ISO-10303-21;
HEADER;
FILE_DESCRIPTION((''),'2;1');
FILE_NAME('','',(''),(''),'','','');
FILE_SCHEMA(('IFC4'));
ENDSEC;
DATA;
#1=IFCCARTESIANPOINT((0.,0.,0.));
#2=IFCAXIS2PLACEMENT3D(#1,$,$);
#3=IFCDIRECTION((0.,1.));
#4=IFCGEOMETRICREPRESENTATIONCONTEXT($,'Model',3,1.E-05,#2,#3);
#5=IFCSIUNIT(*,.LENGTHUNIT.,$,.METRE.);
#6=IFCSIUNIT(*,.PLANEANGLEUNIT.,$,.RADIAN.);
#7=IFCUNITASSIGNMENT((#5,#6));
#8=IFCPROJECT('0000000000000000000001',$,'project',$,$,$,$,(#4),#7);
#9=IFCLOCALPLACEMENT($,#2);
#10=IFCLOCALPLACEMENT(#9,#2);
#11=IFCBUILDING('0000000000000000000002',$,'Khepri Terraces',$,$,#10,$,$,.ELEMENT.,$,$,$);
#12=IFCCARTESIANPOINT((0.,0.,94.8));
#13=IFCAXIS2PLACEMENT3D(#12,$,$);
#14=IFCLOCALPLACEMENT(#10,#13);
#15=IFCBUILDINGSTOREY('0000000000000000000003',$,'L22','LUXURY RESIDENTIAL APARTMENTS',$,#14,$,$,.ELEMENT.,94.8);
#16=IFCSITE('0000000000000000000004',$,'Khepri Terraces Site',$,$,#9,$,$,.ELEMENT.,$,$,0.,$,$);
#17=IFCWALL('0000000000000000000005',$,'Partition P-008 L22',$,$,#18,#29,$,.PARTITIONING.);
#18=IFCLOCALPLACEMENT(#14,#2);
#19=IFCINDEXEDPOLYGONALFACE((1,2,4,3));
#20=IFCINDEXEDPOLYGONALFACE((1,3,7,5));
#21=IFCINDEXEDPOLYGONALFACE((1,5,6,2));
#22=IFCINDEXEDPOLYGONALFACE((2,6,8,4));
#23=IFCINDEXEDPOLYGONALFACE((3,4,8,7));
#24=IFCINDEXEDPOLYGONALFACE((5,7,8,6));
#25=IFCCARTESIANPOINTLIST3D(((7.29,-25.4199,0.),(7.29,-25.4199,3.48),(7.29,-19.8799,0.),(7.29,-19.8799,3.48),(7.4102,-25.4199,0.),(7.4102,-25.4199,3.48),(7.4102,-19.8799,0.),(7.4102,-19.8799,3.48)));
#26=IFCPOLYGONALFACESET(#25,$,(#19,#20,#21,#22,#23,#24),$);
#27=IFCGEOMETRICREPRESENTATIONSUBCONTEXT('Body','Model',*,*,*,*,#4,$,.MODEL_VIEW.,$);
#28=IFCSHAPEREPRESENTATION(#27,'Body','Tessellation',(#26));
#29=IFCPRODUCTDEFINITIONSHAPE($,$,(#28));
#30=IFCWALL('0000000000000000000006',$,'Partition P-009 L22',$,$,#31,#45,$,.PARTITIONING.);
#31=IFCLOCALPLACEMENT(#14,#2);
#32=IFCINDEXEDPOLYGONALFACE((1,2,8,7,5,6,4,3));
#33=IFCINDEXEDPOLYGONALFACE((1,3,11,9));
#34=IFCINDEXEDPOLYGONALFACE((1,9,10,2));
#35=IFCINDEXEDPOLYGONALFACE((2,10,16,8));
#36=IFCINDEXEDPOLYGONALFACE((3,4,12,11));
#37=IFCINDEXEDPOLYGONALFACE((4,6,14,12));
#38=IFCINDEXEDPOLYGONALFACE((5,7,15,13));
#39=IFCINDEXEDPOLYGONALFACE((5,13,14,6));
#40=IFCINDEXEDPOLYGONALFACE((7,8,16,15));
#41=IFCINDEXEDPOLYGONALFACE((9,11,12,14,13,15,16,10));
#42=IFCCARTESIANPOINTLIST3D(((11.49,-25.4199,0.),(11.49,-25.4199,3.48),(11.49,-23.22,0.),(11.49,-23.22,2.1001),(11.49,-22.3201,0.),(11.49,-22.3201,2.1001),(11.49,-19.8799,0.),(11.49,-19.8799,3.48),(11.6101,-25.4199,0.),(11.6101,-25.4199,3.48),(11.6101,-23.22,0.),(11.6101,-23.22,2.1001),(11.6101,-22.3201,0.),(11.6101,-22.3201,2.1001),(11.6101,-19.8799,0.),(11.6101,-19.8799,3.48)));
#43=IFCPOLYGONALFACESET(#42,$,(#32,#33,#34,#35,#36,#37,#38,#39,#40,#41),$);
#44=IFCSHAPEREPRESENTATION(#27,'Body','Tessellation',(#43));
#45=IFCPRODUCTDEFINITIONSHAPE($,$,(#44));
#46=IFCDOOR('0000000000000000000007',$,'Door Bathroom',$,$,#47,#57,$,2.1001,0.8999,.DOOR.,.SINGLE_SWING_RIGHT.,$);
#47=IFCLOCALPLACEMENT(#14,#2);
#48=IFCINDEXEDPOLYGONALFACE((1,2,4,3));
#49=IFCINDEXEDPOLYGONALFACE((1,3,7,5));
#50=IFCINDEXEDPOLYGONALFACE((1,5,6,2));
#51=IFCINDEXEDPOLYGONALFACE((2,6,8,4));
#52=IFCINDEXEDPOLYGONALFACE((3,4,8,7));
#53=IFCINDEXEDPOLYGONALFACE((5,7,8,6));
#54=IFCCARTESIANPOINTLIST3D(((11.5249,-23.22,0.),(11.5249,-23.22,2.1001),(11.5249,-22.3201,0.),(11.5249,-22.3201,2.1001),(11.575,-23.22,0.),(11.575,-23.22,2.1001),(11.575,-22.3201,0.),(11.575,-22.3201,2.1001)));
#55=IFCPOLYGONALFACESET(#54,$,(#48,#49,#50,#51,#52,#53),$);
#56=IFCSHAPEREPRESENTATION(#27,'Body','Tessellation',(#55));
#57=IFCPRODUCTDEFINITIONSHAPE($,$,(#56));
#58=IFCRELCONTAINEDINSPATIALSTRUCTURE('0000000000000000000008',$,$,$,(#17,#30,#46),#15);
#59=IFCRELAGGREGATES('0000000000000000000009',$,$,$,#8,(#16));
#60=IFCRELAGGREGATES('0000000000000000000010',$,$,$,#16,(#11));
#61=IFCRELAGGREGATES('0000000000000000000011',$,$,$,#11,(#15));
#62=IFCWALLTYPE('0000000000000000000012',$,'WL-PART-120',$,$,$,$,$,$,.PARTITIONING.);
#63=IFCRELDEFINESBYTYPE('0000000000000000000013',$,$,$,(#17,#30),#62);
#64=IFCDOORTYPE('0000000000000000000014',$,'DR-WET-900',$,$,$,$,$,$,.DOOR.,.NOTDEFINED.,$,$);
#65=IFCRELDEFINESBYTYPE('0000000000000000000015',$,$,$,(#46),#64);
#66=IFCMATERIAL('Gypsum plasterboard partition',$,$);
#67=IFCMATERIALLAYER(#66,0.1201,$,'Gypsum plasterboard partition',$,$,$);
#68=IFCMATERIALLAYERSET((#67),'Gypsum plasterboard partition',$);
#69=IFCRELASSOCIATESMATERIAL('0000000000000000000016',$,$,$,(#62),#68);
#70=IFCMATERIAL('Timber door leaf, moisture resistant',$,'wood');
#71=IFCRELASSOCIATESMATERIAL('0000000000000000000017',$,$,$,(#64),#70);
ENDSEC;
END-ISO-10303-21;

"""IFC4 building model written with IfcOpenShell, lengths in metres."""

from ifc_helpers import new_model, si_unit, direction, frame, frame_2d, origin, place, context, subcontext, project, spatial, rectangle, extrude, material, layer, layer_set, type_object, element, fill, save


model = new_model("IFC4")

# Units and contexts
model_context = context("Model", 3, precision=1e-05, world=origin(), true_north=direction((0.0, 1.0)))
body_context = subcontext(model_context, "Body", "Model", "MODEL_VIEW")
ifc_project = project(units=[si_unit("LENGTHUNIT", "METRE"), si_unit("PLANEANGLEUNIT", "RADIAN")], contexts=[model_context])

# Site, building, storey
site_placement = place(None, origin())
site = spatial("IfcSite", under=ifc_project, at=site_placement, Name="Khepri Terraces Site", CompositionType="ELEMENT", RefElevation=0.0)
building_placement = place(site_placement, origin())
building = spatial("IfcBuilding", under=site, at=building_placement, Name="Khepri Terraces", CompositionType="ELEMENT")
storey_placement = place(building_placement, frame((0.0, 0.0, 94.8)))
storey = spatial("IfcBuildingStorey", under=building, at=storey_placement, Name="L22", Description="LUXURY RESIDENTIAL APARTMENTS", CompositionType="ELEMENT", Elevation=94.8)

# Shared definitions
ifc_material_1 = material(Name="Gypsum plasterboard partition")
ifc_layer_1 = layer(ifc_material_1, 0.1201, Name="Gypsum plasterboard partition")
ifc_layer_set_1 = layer_set([ifc_layer_1], Name="Gypsum plasterboard partition")
wall_type_1 = type_object("IfcWallType", Name="WL-PART-120", PredefinedType="PARTITIONING", material=ifc_layer_set_1)
ifc_material_2 = material(Name="Timber door leaf, moisture resistant", Category="wood")
door_type_1 = type_object("IfcDoorType", Name="DR-WET-900", OperationType="NOTDEFINED", PredefinedType="DOOR", material=ifc_material_2)

# Wall
wall_1_placement = place(storey_placement, frame((7.3501, -25.4199, 0.0), z_axis=(0.0, 0.0, 1.0), x_axis=(0.0, 1.0, 0.0)))
element("IfcWall", 1, at=wall_1_placement, inside=storey, type_object=wall_type_1, Name="Partition P-008 L22", PredefinedType="PARTITIONING", context=body_context, shape_type="SweptSolid", body=[
    extrude(rectangle(XDim=5.54, YDim=0.1201, at=frame_2d((2.77, 0.0))), origin(), (0.0, 0.0, 1.0), 3.48),
])

# Wall, opening, door
wall_2_placement = place(storey_placement, frame((11.55, -25.4199, 0.0), z_axis=(0.0, 0.0, 1.0), x_axis=(0.0, 1.0, 0.0)))
wall_2 = element("IfcWall", 2, at=wall_2_placement, inside=storey, type_object=wall_type_1, Name="Partition P-009 L22", PredefinedType="PARTITIONING", context=body_context, shape_type="SweptSolid", body=[
    extrude(rectangle(XDim=5.54, YDim=0.1201, at=frame_2d((2.77, 0.0))), origin(), (0.0, 0.0, 1.0), 3.48),
])
opening_1_placement = place(wall_2_placement, frame((2.2, 0.0, 0.0)))
opening_1 = element("IfcOpeningElement", 3, at=opening_1_placement, cuts=wall_2, PredefinedType="OPENING", context=body_context, shape_type="SweptSolid", body=[
    extrude(rectangle(XDim=0.8999, YDim=2.1001, at=frame_2d((0.45, 1.05))), frame((0.0, 0.0701, 0.0), z_axis=(0.0, -1.0, 0.0), x_axis=(1.0, 0.0, 0.0)), (0.0, 0.0, 1.0), 0.1401),
])
door_1_placement = place(opening_1_placement, frame((0.8999, 0.0, 0.0), z_axis=(0.0, 0.0, 1.0), x_axis=(-1.0, 0.0, 0.0)))
door_1 = element("IfcDoor", 4, at=door_1_placement, inside=storey, type_object=door_type_1, Name="Door Bathroom", OperationType="SINGLE_SWING_RIGHT", OverallHeight=2.1001, OverallWidth=0.8999, PredefinedType="DOOR", context=body_context, shape_type="SweptSolid", body=[
    extrude(rectangle(XDim=0.8999, YDim=2.1001, at=frame_2d((0.45, 1.05))), frame((0.0, 0.0249, 0.0), z_axis=(0.0, -1.0, 0.0), x_axis=(1.0, 0.0, 0.0)), (0.0, 0.0, 1.0), 0.05),
])
fill(opening_1, door_1)

save(model, "model.ifc")
